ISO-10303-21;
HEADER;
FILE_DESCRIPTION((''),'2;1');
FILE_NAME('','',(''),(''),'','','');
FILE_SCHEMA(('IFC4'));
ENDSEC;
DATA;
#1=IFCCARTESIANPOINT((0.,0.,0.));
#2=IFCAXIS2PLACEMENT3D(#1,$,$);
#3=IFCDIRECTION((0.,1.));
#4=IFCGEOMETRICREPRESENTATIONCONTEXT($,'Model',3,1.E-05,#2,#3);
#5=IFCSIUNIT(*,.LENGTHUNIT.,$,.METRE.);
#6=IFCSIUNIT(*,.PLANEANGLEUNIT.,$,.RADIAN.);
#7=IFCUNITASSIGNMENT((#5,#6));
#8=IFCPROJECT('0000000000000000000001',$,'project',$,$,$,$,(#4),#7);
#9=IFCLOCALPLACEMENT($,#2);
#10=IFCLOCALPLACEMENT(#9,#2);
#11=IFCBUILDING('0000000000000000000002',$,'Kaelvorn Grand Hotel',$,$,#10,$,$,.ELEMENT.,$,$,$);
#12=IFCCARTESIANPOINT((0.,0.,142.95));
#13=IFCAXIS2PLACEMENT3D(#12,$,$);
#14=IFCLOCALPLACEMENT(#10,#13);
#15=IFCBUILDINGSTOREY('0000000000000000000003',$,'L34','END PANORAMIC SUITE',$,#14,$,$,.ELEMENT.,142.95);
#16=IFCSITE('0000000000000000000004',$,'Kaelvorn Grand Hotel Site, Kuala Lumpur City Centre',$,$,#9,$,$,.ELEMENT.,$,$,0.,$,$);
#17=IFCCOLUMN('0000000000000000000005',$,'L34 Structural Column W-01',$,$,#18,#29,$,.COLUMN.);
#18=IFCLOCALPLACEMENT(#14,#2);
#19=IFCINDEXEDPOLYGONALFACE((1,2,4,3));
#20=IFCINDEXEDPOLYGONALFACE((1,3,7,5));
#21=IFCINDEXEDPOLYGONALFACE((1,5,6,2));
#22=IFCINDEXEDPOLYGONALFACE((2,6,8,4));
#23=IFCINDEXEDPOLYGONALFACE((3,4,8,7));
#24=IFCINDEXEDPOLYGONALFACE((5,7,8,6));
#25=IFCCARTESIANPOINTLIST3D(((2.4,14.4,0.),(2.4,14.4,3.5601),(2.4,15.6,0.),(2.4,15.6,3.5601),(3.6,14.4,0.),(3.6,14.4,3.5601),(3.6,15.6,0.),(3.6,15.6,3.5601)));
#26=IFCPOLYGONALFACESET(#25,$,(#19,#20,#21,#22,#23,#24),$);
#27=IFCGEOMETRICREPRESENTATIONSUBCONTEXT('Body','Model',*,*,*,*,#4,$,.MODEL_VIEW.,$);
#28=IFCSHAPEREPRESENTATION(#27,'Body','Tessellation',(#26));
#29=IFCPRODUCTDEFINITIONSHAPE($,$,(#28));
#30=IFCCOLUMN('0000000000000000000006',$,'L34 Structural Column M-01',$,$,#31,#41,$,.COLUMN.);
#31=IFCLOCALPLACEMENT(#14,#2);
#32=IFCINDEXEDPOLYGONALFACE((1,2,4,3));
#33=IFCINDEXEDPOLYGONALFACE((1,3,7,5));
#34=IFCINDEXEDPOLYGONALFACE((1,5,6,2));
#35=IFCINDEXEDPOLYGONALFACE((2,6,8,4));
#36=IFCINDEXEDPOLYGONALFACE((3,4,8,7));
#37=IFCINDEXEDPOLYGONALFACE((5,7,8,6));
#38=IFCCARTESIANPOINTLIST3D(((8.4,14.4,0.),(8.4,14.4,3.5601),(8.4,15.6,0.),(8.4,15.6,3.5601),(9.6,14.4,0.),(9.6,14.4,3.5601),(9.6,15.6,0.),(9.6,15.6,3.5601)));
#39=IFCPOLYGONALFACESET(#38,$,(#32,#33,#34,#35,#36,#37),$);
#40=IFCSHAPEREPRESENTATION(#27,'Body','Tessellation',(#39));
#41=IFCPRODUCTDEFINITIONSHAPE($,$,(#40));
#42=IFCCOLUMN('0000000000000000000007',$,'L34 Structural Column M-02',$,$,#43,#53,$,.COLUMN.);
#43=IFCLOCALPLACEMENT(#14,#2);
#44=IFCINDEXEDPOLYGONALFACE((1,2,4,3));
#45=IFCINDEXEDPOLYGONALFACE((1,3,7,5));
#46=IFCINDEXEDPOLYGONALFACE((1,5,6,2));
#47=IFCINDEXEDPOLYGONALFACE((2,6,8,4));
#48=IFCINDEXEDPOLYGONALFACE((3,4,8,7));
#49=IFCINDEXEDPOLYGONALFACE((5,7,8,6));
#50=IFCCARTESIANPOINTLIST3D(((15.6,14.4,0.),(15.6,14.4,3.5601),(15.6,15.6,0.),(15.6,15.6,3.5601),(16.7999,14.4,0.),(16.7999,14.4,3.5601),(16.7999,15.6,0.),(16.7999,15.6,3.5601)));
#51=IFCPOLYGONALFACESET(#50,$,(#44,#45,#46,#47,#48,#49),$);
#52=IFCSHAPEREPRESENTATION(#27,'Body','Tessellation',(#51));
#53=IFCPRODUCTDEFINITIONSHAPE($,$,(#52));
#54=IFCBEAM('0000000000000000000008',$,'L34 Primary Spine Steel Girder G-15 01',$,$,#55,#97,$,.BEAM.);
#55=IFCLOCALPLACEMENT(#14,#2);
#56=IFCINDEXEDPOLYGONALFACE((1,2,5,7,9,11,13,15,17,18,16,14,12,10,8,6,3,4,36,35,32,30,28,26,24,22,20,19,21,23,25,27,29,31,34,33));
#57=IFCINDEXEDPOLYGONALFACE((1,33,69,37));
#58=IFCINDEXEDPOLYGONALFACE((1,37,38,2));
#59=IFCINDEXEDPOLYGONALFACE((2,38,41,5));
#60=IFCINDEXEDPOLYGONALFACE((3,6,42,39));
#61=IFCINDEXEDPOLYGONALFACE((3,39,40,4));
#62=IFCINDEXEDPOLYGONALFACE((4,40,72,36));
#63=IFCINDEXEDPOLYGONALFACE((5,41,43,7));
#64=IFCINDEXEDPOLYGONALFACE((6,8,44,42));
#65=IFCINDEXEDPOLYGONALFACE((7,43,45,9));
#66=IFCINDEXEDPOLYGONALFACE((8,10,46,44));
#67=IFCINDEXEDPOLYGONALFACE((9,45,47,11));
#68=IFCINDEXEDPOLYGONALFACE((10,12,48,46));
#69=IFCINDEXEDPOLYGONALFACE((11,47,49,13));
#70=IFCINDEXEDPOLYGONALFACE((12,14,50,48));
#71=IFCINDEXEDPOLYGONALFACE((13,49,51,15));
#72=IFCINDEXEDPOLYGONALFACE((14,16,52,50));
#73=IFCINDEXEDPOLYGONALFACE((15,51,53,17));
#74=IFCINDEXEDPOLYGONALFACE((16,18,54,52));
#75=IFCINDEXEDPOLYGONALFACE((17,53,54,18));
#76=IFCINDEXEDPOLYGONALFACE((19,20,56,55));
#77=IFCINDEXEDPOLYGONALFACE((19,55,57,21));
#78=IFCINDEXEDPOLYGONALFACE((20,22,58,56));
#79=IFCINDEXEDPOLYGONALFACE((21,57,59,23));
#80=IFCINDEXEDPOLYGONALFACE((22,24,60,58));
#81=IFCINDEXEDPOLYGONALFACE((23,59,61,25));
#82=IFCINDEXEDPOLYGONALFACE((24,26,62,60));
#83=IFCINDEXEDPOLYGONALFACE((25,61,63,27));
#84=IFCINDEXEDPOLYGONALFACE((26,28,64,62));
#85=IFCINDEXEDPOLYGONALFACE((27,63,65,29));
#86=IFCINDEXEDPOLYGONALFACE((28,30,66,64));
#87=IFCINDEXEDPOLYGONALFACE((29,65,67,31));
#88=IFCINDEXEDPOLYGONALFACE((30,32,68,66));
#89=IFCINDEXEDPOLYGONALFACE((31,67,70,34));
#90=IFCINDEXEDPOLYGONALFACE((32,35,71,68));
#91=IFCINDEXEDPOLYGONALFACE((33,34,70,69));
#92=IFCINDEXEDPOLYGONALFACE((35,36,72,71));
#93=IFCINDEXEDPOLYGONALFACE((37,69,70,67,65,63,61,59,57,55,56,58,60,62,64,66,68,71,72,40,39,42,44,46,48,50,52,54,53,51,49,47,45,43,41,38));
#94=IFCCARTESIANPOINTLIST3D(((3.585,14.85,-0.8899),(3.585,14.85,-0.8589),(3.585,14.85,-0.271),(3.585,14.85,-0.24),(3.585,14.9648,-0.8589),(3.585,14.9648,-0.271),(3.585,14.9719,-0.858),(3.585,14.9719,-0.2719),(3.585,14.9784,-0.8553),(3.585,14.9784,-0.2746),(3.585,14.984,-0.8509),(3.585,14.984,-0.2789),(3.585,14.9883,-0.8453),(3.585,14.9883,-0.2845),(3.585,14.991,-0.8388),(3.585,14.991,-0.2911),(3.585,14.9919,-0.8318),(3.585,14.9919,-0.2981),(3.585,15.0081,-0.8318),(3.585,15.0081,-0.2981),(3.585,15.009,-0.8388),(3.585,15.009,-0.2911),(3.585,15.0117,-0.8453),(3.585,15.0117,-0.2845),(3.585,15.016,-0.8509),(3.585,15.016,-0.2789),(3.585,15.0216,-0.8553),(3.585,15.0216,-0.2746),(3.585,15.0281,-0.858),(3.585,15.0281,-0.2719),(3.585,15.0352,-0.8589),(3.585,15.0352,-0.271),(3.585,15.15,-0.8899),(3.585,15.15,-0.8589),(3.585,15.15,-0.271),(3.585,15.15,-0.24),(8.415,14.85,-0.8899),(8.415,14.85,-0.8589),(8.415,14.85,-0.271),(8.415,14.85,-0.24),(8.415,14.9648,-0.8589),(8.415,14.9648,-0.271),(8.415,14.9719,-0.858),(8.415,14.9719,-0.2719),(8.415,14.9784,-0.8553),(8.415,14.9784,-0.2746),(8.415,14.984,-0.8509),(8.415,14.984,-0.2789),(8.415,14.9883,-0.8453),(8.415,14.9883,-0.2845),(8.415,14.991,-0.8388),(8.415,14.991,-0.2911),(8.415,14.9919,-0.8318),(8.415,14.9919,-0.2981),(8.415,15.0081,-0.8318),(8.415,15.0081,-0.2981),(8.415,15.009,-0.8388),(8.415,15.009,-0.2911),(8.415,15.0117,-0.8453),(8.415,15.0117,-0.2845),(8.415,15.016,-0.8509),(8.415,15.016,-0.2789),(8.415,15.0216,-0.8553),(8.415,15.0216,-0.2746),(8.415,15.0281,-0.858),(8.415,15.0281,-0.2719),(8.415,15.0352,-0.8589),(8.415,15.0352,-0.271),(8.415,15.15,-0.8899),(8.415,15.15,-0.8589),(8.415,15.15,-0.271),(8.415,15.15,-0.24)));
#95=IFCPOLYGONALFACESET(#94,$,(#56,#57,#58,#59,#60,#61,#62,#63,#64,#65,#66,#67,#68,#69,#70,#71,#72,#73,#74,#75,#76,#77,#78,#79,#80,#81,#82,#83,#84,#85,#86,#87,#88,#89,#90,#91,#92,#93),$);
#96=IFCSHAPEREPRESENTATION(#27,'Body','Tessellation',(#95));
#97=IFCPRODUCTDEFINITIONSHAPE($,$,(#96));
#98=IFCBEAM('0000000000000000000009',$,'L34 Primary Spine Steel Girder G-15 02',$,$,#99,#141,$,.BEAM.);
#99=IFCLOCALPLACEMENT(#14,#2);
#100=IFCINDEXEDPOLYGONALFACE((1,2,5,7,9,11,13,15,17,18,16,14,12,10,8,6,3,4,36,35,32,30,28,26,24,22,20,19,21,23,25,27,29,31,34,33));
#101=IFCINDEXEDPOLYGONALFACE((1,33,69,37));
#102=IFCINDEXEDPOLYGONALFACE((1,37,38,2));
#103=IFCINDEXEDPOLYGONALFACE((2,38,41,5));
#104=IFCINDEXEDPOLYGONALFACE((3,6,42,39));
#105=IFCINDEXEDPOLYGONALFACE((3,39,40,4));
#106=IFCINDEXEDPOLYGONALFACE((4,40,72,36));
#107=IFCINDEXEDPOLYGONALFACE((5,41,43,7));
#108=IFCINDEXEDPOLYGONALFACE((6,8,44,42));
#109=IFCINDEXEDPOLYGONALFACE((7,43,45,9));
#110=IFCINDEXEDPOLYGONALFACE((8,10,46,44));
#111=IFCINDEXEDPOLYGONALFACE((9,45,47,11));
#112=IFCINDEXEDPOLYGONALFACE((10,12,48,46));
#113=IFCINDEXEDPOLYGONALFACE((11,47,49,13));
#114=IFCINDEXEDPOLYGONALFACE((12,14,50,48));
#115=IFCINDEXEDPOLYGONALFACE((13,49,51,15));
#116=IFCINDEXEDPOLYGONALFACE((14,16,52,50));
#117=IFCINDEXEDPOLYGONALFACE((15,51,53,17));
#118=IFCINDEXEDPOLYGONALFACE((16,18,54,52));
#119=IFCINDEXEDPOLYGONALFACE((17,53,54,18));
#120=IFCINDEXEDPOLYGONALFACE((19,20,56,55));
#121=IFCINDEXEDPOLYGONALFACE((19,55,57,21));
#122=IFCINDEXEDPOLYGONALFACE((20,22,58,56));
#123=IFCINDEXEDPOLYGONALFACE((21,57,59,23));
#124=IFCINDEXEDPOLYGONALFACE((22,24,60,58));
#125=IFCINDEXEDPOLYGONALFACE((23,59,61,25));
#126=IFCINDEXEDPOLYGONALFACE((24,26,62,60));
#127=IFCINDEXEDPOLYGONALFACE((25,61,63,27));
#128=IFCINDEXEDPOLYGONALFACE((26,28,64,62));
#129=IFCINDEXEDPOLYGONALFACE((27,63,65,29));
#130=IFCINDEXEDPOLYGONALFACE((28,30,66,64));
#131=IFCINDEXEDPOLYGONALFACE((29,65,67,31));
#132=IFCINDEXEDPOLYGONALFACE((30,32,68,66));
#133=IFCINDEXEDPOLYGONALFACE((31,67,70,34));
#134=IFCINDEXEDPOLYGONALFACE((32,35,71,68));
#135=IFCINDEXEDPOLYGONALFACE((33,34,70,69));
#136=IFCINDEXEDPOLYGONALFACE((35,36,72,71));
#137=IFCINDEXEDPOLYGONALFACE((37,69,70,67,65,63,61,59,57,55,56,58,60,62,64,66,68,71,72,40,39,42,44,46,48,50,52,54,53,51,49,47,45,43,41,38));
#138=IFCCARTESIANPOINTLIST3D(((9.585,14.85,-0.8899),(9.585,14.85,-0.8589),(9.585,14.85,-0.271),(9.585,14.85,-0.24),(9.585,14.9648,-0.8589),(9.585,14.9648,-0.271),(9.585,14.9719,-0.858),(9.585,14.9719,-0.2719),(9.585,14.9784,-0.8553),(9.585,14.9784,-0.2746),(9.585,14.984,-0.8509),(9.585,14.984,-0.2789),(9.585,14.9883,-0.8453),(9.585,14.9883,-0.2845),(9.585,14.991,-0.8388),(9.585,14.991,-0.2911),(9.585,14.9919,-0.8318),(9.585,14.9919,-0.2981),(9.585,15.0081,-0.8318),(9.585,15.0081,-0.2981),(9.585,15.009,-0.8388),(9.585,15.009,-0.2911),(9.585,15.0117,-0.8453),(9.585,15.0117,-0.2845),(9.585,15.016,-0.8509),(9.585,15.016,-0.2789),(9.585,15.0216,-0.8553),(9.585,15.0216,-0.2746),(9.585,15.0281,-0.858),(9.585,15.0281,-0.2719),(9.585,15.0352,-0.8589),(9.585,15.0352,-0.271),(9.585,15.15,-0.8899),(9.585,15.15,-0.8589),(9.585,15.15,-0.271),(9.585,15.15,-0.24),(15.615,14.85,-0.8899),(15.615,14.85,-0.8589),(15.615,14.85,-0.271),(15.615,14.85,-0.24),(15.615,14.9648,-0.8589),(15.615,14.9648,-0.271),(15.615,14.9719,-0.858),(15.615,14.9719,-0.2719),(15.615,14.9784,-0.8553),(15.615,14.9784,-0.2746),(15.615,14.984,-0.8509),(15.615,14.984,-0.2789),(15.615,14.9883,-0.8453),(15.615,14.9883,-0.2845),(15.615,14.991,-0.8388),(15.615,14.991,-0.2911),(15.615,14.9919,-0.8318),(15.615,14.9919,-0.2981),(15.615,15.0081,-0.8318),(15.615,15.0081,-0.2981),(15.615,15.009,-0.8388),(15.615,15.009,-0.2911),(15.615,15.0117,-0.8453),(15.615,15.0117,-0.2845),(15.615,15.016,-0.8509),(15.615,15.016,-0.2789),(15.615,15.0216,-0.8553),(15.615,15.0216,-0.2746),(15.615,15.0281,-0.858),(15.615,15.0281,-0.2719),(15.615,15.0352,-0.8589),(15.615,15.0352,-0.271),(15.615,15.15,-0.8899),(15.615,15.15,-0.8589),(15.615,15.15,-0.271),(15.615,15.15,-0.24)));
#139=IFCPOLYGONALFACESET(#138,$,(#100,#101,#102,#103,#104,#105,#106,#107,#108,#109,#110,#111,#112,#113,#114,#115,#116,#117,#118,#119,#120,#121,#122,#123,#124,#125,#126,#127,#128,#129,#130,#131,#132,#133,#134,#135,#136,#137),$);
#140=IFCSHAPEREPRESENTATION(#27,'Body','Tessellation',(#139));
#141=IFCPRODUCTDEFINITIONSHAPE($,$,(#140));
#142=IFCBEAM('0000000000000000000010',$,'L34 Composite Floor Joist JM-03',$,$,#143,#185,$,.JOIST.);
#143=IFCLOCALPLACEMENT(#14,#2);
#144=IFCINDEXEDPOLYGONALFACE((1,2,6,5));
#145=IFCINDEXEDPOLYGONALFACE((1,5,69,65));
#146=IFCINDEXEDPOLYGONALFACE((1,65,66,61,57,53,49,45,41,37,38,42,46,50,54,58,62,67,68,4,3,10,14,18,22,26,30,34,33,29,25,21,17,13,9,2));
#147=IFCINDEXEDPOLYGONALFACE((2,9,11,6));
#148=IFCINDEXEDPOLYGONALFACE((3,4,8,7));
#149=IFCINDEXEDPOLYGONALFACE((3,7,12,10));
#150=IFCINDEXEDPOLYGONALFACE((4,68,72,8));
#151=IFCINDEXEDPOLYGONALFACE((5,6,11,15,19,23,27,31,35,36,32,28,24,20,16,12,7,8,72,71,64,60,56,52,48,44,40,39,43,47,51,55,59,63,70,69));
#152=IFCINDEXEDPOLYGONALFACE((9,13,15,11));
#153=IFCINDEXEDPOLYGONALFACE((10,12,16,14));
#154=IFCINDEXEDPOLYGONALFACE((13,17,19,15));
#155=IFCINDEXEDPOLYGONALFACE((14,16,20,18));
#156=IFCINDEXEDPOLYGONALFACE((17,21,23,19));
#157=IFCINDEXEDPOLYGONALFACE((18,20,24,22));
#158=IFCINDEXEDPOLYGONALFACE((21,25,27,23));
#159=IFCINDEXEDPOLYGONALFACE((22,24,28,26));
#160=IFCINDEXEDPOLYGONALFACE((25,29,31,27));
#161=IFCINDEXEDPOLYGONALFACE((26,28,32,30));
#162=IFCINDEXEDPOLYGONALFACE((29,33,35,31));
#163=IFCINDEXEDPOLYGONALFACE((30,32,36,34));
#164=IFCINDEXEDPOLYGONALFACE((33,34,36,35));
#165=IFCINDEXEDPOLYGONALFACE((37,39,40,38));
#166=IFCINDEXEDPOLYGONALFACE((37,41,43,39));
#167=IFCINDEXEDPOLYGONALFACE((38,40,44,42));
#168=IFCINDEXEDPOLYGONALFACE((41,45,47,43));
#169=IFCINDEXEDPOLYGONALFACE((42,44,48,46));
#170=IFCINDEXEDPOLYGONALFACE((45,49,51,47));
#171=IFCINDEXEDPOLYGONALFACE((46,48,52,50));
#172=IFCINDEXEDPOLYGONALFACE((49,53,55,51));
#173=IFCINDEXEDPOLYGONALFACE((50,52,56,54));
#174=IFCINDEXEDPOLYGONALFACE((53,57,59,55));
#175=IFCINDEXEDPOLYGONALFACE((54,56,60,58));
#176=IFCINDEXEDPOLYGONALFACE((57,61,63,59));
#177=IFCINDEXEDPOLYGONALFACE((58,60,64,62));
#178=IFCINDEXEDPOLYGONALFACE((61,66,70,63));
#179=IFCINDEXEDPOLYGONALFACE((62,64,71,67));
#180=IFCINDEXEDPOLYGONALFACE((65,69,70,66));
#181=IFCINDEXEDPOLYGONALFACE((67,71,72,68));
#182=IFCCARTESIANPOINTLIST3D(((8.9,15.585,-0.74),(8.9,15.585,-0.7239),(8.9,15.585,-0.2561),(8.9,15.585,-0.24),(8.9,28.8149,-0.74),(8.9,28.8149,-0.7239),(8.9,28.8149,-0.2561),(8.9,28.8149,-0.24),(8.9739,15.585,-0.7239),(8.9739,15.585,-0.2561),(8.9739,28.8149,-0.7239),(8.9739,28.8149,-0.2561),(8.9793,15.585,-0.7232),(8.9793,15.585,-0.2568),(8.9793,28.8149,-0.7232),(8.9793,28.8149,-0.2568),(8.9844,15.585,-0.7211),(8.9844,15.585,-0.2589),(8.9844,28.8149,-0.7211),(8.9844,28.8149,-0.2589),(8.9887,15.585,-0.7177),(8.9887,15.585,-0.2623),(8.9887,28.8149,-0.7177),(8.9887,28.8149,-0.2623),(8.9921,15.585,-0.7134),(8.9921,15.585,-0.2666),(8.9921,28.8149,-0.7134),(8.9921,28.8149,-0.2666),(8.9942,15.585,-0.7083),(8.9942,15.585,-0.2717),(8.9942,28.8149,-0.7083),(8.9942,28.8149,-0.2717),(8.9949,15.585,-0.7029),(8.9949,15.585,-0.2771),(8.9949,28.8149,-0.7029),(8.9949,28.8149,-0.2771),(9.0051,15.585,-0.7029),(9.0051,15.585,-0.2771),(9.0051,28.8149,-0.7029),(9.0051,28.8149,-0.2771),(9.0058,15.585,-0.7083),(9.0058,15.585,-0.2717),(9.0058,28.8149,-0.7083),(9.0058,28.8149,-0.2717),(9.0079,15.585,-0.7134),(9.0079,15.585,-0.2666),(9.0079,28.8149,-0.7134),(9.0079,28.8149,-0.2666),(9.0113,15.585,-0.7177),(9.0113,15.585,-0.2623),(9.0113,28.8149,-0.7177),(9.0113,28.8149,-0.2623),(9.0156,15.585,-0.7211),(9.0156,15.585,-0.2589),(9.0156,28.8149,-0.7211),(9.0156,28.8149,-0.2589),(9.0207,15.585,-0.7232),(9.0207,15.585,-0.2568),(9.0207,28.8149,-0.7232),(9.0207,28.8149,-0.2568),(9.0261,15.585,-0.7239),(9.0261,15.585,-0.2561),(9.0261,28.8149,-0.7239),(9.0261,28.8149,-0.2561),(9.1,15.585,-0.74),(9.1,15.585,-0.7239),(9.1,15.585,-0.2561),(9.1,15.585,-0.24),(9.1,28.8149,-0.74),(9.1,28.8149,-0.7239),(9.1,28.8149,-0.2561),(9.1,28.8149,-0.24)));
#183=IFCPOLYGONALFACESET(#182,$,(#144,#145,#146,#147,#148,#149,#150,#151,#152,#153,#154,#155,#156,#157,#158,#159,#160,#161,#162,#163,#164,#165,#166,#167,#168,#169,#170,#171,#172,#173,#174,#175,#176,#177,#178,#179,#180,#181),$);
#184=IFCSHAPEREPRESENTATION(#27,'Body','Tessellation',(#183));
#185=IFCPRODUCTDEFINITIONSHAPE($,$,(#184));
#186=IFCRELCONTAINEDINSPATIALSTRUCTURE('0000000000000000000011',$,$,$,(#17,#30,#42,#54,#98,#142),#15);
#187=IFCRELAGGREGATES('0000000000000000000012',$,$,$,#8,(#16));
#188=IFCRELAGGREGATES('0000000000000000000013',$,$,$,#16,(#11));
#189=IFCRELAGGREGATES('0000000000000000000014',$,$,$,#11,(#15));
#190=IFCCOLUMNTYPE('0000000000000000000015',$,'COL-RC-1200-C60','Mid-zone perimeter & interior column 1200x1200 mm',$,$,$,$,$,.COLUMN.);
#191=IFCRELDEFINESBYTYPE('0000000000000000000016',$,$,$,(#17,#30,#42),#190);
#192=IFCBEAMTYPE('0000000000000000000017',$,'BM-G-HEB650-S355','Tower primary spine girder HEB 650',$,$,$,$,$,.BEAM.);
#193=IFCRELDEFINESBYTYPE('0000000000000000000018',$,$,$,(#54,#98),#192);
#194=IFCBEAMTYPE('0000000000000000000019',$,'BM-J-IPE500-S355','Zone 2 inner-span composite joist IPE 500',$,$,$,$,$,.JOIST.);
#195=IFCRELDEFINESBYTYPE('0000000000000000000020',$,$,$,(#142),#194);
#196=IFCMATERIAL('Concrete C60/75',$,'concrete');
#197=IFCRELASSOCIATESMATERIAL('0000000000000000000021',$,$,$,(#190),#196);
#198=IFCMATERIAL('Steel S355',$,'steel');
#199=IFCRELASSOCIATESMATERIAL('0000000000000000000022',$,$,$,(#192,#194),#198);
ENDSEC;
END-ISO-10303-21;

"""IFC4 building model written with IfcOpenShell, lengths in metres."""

from ifc_helpers import new_model, si_unit, direction, frame, origin, origin_2d, place, context, subcontext, project, spatial, rectangle, i_section, extrude, material, material_profile, profile_set, type_object, element, save


model = new_model("IFC4")

# Units and contexts
model_context = context("Model", 3, precision=1e-05, world=origin(), true_north=direction((0.0, 1.0)))
body_context = subcontext(model_context, "Body", "Model", "MODEL_VIEW")
ifc_project = project(units=[si_unit("LENGTHUNIT", "METRE"), si_unit("PLANEANGLEUNIT", "RADIAN")], contexts=[model_context])

# Site, building, storey
site_placement = place(None, origin())
site = spatial("IfcSite", under=ifc_project, at=site_placement, Name="Kaelvorn Grand Hotel Site, Kuala Lumpur City Centre", CompositionType="ELEMENT", RefElevation=0.0)
building_placement = place(site_placement, origin())
building = spatial("IfcBuilding", under=site, at=building_placement, Name="Kaelvorn Grand Hotel", CompositionType="ELEMENT")
storey_placement = place(building_placement, frame((0.0, 0.0, 142.95)))
storey = spatial("IfcBuildingStorey", under=building, at=storey_placement, Name="L34", Description="END PANORAMIC SUITE", CompositionType="ELEMENT", Elevation=142.95)

# Columns
ifc_material_1 = material(Name="Concrete C60/75", Category="concrete")
ifc_material_profile_1 = material_profile(ifc_material_1, rectangle(XDim=1.2, YDim=1.2, at=origin_2d()), Name="RC COL 1200x1200")
ifc_profile_set_1 = profile_set([ifc_material_profile_1], Name="Concrete C60/75")
column_type = type_object("IfcColumnType", Name="COL-RC-1200-C60", Description="Mid-zone perimeter & interior column 1200x1200 mm", PredefinedType="COLUMN", material=ifc_profile_set_1)
for number, where, z_axis, x_axis, name in (
    (1, (3.0, 15.0, 0.0), (0.0, 0.0, 1.0), (1.0, 0.0, 0.0), "L34 Structural Column W-01"),
    (2, (9.0, 15.0, 0.0), (0.0, 0.0, 1.0), (1.0, 0.0, 0.0), "L34 Structural Column M-01"),
    (3, (16.2, 15.0, 0.0), (0.0, 0.0, 1.0), (1.0, 0.0, 0.0), "L34 Structural Column M-02"),
):
    element("IfcColumn", number, at=place(storey_placement, frame(where, z_axis=z_axis, x_axis=x_axis)), inside=storey, type_object=column_type, Name=name, PredefinedType="COLUMN", context=body_context, shape_type="SweptSolid", body=[
        extrude(rectangle(XDim=1.2, YDim=1.2, at=origin_2d()), origin(), (0.0, 0.0, 1.0), 3.5601),
    ])

# Beams
ifc_material_2 = material(Name="Steel S355", Category="steel")
ifc_material_profile_2 = material_profile(ifc_material_2, i_section(OverallWidth=0.3, OverallDepth=0.6499, WebThickness=0.0161, FlangeThickness=0.031, FilletRadius=0.0271, at=origin_2d()), Name="HEB 650")
ifc_profile_set_2 = profile_set([ifc_material_profile_2], Name="Steel S355")
beam_type_1 = type_object("IfcBeamType", Name="BM-G-HEB650-S355", Description="Tower primary spine girder HEB 650", PredefinedType="BEAM", material=ifc_profile_set_2)
beam_1_placement = place(storey_placement, frame((3.585, 15.0, -0.5649), z_axis=(1.0, 0.0, 0.0), x_axis=(0.0, 1.0, 0.0)))
element("IfcBeam", 4, at=beam_1_placement, inside=storey, type_object=beam_type_1, Name="L34 Primary Spine Steel Girder G-15 01", PredefinedType="BEAM", context=body_context, shape_type="SweptSolid", body=[
    extrude(i_section(OverallWidth=0.3, OverallDepth=0.6499, WebThickness=0.0161, FlangeThickness=0.031, FilletRadius=0.0271, at=origin_2d()), origin(), (0.0, 0.0, 1.0), 4.8301),
])
beam_2_placement = place(storey_placement, frame((9.585, 15.0, -0.5649), z_axis=(1.0, 0.0, 0.0), x_axis=(0.0, 1.0, 0.0)))
element("IfcBeam", 5, at=beam_2_placement, inside=storey, type_object=beam_type_1, Name="L34 Primary Spine Steel Girder G-15 02", PredefinedType="BEAM", context=body_context, shape_type="SweptSolid", body=[
    extrude(i_section(OverallWidth=0.3, OverallDepth=0.6499, WebThickness=0.0161, FlangeThickness=0.031, FilletRadius=0.0271, at=origin_2d()), origin(), (0.0, 0.0, 1.0), 6.03),
])
ifc_material_profile_3 = material_profile(ifc_material_2, i_section(OverallWidth=0.2, OverallDepth=0.5, WebThickness=0.0103, FlangeThickness=0.0161, FilletRadius=0.021, at=origin_2d()), Name="IPE 500")
ifc_profile_set_3 = profile_set([ifc_material_profile_3], Name="Steel S355")
beam_type_2 = type_object("IfcBeamType", Name="BM-J-IPE500-S355", Description="Zone 2 inner-span composite joist IPE 500", PredefinedType="JOIST", material=ifc_profile_set_3)
beam_3_placement = place(storey_placement, frame((9.0, 15.585, -0.49), z_axis=(0.0, 1.0, 0.0), x_axis=(-1.0, 0.0, 0.0)))
element("IfcBeam", 6, at=beam_3_placement, inside=storey, type_object=beam_type_2, Name="L34 Composite Floor Joist JM-03", PredefinedType="JOIST", context=body_context, shape_type="SweptSolid", body=[
    extrude(i_section(OverallWidth=0.2, OverallDepth=0.5, WebThickness=0.0103, FlangeThickness=0.0161, FilletRadius=0.021, at=origin_2d()), origin(), (0.0, 0.0, 1.0), 13.23),
])

save(model, "model.ifc")
